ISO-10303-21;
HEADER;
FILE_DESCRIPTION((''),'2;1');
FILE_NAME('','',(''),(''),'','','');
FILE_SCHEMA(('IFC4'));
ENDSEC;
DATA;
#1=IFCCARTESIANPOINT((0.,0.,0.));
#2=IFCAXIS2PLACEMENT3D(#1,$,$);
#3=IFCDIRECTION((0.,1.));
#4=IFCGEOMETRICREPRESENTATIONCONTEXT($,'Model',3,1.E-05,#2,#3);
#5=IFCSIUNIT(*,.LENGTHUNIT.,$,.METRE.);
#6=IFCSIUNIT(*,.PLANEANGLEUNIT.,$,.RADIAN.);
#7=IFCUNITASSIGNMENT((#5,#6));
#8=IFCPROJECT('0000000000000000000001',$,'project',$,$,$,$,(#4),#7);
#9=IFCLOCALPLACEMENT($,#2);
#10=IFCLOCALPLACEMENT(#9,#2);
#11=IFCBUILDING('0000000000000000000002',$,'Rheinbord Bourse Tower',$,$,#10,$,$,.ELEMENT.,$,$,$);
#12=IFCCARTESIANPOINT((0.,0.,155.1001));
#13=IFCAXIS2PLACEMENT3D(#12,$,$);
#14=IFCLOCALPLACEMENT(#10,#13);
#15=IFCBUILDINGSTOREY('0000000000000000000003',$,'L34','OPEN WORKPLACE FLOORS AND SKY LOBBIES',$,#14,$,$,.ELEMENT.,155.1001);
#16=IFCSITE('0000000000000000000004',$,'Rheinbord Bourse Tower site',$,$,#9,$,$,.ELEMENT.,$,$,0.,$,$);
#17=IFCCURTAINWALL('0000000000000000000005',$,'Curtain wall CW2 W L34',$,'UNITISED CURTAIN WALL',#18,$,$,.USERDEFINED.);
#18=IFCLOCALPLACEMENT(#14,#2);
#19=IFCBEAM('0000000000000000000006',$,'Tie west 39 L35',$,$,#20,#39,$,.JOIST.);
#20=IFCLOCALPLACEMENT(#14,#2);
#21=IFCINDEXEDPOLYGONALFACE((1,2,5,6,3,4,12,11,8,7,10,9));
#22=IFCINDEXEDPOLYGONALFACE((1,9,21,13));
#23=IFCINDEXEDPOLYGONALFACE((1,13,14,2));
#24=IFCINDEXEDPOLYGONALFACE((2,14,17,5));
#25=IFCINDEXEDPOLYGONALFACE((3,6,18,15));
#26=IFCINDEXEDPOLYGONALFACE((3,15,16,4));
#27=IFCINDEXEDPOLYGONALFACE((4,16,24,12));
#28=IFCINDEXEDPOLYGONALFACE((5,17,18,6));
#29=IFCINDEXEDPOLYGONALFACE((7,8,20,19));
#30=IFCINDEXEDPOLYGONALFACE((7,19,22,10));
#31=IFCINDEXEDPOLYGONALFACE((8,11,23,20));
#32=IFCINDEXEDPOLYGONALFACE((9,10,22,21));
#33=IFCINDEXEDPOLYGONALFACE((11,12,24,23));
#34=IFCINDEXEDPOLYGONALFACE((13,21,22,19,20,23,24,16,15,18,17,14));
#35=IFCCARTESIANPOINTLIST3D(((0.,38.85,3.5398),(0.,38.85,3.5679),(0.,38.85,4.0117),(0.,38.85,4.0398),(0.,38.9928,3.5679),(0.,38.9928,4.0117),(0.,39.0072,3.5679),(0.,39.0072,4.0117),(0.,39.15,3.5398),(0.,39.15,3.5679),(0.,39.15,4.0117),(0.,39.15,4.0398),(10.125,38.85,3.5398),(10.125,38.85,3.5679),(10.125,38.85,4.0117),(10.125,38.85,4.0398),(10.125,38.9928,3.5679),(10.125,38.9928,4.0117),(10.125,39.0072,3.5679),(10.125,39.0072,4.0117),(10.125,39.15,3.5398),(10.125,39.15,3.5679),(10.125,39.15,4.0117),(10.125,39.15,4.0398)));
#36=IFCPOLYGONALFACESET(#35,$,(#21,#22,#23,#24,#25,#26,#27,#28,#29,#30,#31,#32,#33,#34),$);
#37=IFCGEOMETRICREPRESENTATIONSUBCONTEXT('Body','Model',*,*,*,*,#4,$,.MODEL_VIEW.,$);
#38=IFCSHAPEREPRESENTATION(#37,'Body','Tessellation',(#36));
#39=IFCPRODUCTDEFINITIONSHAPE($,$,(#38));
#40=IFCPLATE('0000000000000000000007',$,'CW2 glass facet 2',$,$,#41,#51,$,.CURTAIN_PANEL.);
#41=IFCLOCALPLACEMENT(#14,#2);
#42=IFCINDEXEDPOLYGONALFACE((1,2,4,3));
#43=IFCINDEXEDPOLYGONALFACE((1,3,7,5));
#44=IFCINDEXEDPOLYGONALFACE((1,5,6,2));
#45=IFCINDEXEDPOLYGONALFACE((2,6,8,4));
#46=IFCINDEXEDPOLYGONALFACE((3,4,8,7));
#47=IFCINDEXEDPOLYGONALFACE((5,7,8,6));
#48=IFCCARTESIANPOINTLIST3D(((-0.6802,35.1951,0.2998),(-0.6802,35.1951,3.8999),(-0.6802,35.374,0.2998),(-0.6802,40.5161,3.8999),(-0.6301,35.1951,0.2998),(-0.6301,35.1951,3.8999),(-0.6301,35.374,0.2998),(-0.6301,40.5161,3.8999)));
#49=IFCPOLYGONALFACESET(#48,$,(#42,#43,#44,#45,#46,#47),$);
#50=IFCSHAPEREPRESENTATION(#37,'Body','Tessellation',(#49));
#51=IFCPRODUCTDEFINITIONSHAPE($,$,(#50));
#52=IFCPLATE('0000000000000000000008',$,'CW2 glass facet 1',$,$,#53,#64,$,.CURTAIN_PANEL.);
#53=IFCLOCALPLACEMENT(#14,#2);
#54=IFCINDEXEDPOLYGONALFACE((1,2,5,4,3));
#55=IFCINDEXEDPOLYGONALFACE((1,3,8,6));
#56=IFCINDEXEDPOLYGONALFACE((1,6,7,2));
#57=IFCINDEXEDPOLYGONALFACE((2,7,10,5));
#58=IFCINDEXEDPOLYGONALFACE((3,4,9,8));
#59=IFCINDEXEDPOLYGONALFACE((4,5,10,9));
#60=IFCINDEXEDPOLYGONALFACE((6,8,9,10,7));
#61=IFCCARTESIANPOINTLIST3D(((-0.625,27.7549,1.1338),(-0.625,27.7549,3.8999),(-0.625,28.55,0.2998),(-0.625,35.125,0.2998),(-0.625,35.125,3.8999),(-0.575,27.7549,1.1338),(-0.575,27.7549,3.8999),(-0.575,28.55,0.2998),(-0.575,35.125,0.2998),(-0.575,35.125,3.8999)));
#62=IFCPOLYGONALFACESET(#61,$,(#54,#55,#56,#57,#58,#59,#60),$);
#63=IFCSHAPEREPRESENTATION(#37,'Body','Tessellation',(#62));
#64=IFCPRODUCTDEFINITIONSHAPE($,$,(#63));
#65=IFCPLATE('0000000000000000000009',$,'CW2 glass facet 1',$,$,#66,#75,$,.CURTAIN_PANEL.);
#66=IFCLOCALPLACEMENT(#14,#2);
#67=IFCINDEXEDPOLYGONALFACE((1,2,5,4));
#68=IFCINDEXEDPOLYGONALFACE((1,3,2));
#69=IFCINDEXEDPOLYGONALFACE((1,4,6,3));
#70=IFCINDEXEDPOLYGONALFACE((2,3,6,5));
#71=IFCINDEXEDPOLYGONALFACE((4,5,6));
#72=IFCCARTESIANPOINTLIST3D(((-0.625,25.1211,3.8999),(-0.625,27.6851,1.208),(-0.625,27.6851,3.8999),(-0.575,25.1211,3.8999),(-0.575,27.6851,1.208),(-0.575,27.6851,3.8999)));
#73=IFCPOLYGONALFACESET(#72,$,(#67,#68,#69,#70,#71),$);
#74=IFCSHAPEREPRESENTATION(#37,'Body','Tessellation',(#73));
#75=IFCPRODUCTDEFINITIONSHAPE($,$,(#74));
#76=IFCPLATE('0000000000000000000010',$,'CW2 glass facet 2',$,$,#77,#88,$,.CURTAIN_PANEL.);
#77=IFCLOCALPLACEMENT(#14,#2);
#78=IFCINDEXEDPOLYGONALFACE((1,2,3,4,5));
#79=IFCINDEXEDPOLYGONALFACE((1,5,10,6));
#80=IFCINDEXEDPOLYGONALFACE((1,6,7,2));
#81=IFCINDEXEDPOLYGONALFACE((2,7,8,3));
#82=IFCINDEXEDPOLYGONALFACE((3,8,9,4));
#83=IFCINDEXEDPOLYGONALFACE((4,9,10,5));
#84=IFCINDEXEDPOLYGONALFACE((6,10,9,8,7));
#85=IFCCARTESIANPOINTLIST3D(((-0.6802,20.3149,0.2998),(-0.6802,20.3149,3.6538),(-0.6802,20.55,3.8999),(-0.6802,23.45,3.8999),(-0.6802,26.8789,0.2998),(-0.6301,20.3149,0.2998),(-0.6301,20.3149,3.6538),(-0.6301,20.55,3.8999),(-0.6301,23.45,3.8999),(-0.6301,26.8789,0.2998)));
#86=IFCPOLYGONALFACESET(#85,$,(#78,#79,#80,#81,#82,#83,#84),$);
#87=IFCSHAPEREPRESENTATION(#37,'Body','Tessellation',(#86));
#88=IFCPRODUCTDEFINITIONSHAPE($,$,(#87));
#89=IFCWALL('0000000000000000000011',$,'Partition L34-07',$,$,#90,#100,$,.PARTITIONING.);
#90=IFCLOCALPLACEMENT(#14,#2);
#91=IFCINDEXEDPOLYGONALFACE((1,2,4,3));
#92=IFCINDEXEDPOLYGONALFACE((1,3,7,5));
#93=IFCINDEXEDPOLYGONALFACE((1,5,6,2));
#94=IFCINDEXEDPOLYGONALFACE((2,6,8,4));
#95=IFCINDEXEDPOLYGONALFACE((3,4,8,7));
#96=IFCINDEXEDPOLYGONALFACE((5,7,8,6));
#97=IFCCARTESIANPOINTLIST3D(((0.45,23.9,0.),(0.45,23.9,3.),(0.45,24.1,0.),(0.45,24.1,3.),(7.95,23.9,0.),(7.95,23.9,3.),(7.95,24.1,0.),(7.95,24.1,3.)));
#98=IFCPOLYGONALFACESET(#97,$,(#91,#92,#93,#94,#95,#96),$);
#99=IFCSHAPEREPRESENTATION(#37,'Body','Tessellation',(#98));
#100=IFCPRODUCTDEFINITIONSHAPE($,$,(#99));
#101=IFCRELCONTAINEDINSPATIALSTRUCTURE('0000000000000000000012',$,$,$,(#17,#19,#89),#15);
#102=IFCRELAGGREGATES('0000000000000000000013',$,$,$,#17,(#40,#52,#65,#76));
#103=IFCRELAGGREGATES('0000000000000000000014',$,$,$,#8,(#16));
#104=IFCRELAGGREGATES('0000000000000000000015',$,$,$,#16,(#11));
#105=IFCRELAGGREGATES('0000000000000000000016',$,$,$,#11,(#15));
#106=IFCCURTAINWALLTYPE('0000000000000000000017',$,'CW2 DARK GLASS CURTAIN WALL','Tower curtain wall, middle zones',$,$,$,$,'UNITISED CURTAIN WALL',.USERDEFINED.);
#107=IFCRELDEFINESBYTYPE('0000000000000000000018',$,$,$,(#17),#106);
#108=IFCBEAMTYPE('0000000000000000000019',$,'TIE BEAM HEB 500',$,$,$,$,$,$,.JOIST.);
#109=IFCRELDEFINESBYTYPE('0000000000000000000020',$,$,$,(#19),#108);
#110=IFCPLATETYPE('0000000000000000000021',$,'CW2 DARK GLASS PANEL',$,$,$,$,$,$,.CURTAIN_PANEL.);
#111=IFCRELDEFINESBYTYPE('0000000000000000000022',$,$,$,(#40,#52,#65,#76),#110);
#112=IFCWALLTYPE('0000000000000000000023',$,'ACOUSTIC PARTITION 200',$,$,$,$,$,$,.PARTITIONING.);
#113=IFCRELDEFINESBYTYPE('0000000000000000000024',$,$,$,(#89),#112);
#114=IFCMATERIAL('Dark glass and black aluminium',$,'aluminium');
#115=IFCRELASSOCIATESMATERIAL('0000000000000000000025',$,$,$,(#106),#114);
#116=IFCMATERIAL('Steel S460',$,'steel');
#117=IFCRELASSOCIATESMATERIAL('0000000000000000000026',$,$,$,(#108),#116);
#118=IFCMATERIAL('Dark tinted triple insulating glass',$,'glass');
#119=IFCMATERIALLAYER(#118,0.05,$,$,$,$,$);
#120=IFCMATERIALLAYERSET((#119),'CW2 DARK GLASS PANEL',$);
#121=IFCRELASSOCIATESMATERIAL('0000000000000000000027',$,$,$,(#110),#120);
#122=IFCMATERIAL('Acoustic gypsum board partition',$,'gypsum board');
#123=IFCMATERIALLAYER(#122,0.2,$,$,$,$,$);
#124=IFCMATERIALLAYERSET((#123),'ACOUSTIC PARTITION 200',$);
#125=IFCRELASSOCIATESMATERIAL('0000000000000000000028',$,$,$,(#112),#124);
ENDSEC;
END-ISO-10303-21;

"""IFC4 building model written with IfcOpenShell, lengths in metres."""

from ifc_helpers import new_model, si_unit, direction, frame, frame_2d, origin, origin_2d, place, context, subcontext, project, spatial, polyline, rectangle, i_section, outline, extrude, material, layer, layer_set, material_profile, profile_set, type_object, element, aggregate, save


model = new_model("IFC4")

# Units and contexts
model_context = context("Model", 3, precision=1e-05, world=origin(), true_north=direction((0.0, 1.0)))
body_context = subcontext(model_context, "Body", "Model", "MODEL_VIEW")
ifc_project = project(units=[si_unit("LENGTHUNIT", "METRE"), si_unit("PLANEANGLEUNIT", "RADIAN")], contexts=[model_context])

# Site, building, storey
site_placement = place(None, origin())
site = spatial("IfcSite", under=ifc_project, at=site_placement, Name="Rheinbord Bourse Tower site", CompositionType="ELEMENT", RefElevation=0.0)
building_placement = place(site_placement, origin())
building = spatial("IfcBuilding", under=site, at=building_placement, Name="Rheinbord Bourse Tower", CompositionType="ELEMENT")
storey_placement = place(building_placement, frame((0.0, 0.0, 155.1001)))
storey = spatial("IfcBuildingStorey", under=building, at=storey_placement, Name="L34", Description="OPEN WORKPLACE FLOORS AND SKY LOBBIES", CompositionType="ELEMENT", Elevation=155.1001)

# Curtain wall
ifc_material_1 = material(Name="Dark glass and black aluminium", Category="aluminium")
curtain_wall_type = type_object("IfcCurtainWallType", Name="CW2 DARK GLASS CURTAIN WALL", Description="Tower curtain wall, middle zones", ElementType="UNITISED CURTAIN WALL", PredefinedType="USERDEFINED", material=ifc_material_1)
curtain_wall_placement = place(storey_placement, origin())
curtain_wall = element("IfcCurtainWall", 1, at=curtain_wall_placement, inside=storey, type_object=curtain_wall_type, Name="Curtain wall CW2 W L34", ObjectType="UNITISED CURTAIN WALL", PredefinedType="USERDEFINED")

# Beam
ifc_material_2 = material(Name="Steel S460", Category="steel")
ifc_material_profile_1 = material_profile(ifc_material_2, i_section(OverallWidth=0.3, OverallDepth=0.5, WebThickness=0.0144, FlangeThickness=0.0281, at=origin_2d()), Name="HEB 500")
ifc_profile_set_1 = profile_set([ifc_material_profile_1], Name="Steel S460")
beam_type_1 = type_object("IfcBeamType", Name="TIE BEAM HEB 500", PredefinedType="JOIST", material=ifc_profile_set_1)
for number, where, z_axis, x_axis, name in (
    (2, (0.0, 39.0, 3.7898), (1.0, 0.0, 0.0), (0.0, 1.0, 0.0), "Tie west 39 L35"),
):
    element("IfcBeam", number, at=place(storey_placement, frame(where, z_axis=z_axis, x_axis=x_axis)), inside=storey, type_object=beam_type_1, Name=name, PredefinedType="JOIST", context=body_context, shape_type="SweptSolid", body=[
        extrude(i_section(OverallWidth=0.3, OverallDepth=0.5, WebThickness=0.0144, FlangeThickness=0.0281, at=origin_2d()), origin(), (0.0, 0.0, 1.0), 10.125),
    ])

# Plates
ifc_material_3 = material(Name="Dark tinted triple insulating glass", Category="glass")
ifc_layer_1 = layer(ifc_material_3, 0.05)
ifc_layer_set_1 = layer_set([ifc_layer_1], Name="CW2 DARK GLASS PANEL")
plate_type = type_object("IfcPlateType", Name="CW2 DARK GLASS PANEL", PredefinedType="CURTAIN_PANEL", material=ifc_layer_set_1)
plate_1_placement = place(storey_placement, frame((-0.6802, 35.1951, 3.8999), z_axis=(1.0, 0.0, 0.0), x_axis=(0.0, 0.0, -1.0)))
plate_1 = element("IfcPlate", 3, at=plate_1_placement, type_object=plate_type, Name="CW2 glass facet 2", PredefinedType="CURTAIN_PANEL", context=body_context, shape_type="SweptSolid", body=[
    extrude(outline(polyline([(0.0, 0.0), (3.6001, 0.0), (3.6001, 0.179), (0.0, 5.321), (0.0, 0.0)])), origin(), (0.0, 0.0, 1.0), 0.05),
])
plate_2_placement = place(storey_placement, frame((-0.625, 35.125, 0.2998), z_axis=(1.0, 0.0, 0.0), x_axis=(0.0, 0.0, 1.0)))
plate_2 = element("IfcPlate", 4, at=plate_2_placement, type_object=plate_type, Name="CW2 glass facet 1", PredefinedType="CURTAIN_PANEL", context=body_context, shape_type="SweptSolid", body=[
    extrude(outline(polyline([(0.0, 0.0), (3.6001, 0.0), (3.6001, 7.3701), (0.834, 7.3701), (0.0, 6.575), (0.0, 0.0)])), origin(), (0.0, 0.0, 1.0), 0.05),
])
plate_3_placement = place(storey_placement, frame((-0.625, 27.6851, 3.8999), z_axis=(1.0, 0.0, 0.0), x_axis=(0.0, -1.0, 0.0)))
plate_3 = element("IfcPlate", 5, at=plate_3_placement, type_object=plate_type, Name="CW2 glass facet 1", PredefinedType="CURTAIN_PANEL", context=body_context, shape_type="SweptSolid", body=[
    extrude(outline(polyline([(0.0, 0.0), (2.564, 0.0), (0.0, 2.6919), (0.0, 0.0)])), origin(), (0.0, 0.0, 1.0), 0.05),
])
plate_4_placement = place(storey_placement, frame((-0.6802, 20.3149, 0.2998), z_axis=(1.0, 0.0, 0.0), x_axis=(0.0, 1.0, 0.0)))
plate_4 = element("IfcPlate", 6, at=plate_4_placement, type_object=plate_type, Name="CW2 glass facet 2", PredefinedType="CURTAIN_PANEL", context=body_context, shape_type="SweptSolid", body=[
    extrude(outline(polyline([(0.0, 0.0), (6.564, 0.0), (3.135, 3.6001), (0.2351, 3.6001), (0.0, 3.354), (0.0, 0.0)])), origin(), (0.0, 0.0, 1.0), 0.05),
])
aggregate(curtain_wall, [plate_1, plate_2, plate_3, plate_4])

# Wall
ifc_material_4 = material(Name="Acoustic gypsum board partition", Category="gypsum board")
ifc_layer_2 = layer(ifc_material_4, 0.2)
ifc_layer_set_2 = layer_set([ifc_layer_2], Name="ACOUSTIC PARTITION 200")
wall_type = type_object("IfcWallType", Name="ACOUSTIC PARTITION 200", PredefinedType="PARTITIONING", material=ifc_layer_set_2)
wall_placement = place(storey_placement, frame((0.45, 24.0, 0.0), z_axis=(0.0, 0.0, 1.0), x_axis=(1.0, 0.0, 0.0)))
element("IfcWall", 7, at=wall_placement, inside=storey, type_object=wall_type, Name="Partition L34-07", PredefinedType="PARTITIONING", context=body_context, shape_type="SweptSolid", body=[
    extrude(rectangle(XDim=7.5, YDim=0.2, at=frame_2d((3.75, 0.0))), origin(), (0.0, 0.0, 1.0), 3.0),
])

save(model, "model.ifc")
